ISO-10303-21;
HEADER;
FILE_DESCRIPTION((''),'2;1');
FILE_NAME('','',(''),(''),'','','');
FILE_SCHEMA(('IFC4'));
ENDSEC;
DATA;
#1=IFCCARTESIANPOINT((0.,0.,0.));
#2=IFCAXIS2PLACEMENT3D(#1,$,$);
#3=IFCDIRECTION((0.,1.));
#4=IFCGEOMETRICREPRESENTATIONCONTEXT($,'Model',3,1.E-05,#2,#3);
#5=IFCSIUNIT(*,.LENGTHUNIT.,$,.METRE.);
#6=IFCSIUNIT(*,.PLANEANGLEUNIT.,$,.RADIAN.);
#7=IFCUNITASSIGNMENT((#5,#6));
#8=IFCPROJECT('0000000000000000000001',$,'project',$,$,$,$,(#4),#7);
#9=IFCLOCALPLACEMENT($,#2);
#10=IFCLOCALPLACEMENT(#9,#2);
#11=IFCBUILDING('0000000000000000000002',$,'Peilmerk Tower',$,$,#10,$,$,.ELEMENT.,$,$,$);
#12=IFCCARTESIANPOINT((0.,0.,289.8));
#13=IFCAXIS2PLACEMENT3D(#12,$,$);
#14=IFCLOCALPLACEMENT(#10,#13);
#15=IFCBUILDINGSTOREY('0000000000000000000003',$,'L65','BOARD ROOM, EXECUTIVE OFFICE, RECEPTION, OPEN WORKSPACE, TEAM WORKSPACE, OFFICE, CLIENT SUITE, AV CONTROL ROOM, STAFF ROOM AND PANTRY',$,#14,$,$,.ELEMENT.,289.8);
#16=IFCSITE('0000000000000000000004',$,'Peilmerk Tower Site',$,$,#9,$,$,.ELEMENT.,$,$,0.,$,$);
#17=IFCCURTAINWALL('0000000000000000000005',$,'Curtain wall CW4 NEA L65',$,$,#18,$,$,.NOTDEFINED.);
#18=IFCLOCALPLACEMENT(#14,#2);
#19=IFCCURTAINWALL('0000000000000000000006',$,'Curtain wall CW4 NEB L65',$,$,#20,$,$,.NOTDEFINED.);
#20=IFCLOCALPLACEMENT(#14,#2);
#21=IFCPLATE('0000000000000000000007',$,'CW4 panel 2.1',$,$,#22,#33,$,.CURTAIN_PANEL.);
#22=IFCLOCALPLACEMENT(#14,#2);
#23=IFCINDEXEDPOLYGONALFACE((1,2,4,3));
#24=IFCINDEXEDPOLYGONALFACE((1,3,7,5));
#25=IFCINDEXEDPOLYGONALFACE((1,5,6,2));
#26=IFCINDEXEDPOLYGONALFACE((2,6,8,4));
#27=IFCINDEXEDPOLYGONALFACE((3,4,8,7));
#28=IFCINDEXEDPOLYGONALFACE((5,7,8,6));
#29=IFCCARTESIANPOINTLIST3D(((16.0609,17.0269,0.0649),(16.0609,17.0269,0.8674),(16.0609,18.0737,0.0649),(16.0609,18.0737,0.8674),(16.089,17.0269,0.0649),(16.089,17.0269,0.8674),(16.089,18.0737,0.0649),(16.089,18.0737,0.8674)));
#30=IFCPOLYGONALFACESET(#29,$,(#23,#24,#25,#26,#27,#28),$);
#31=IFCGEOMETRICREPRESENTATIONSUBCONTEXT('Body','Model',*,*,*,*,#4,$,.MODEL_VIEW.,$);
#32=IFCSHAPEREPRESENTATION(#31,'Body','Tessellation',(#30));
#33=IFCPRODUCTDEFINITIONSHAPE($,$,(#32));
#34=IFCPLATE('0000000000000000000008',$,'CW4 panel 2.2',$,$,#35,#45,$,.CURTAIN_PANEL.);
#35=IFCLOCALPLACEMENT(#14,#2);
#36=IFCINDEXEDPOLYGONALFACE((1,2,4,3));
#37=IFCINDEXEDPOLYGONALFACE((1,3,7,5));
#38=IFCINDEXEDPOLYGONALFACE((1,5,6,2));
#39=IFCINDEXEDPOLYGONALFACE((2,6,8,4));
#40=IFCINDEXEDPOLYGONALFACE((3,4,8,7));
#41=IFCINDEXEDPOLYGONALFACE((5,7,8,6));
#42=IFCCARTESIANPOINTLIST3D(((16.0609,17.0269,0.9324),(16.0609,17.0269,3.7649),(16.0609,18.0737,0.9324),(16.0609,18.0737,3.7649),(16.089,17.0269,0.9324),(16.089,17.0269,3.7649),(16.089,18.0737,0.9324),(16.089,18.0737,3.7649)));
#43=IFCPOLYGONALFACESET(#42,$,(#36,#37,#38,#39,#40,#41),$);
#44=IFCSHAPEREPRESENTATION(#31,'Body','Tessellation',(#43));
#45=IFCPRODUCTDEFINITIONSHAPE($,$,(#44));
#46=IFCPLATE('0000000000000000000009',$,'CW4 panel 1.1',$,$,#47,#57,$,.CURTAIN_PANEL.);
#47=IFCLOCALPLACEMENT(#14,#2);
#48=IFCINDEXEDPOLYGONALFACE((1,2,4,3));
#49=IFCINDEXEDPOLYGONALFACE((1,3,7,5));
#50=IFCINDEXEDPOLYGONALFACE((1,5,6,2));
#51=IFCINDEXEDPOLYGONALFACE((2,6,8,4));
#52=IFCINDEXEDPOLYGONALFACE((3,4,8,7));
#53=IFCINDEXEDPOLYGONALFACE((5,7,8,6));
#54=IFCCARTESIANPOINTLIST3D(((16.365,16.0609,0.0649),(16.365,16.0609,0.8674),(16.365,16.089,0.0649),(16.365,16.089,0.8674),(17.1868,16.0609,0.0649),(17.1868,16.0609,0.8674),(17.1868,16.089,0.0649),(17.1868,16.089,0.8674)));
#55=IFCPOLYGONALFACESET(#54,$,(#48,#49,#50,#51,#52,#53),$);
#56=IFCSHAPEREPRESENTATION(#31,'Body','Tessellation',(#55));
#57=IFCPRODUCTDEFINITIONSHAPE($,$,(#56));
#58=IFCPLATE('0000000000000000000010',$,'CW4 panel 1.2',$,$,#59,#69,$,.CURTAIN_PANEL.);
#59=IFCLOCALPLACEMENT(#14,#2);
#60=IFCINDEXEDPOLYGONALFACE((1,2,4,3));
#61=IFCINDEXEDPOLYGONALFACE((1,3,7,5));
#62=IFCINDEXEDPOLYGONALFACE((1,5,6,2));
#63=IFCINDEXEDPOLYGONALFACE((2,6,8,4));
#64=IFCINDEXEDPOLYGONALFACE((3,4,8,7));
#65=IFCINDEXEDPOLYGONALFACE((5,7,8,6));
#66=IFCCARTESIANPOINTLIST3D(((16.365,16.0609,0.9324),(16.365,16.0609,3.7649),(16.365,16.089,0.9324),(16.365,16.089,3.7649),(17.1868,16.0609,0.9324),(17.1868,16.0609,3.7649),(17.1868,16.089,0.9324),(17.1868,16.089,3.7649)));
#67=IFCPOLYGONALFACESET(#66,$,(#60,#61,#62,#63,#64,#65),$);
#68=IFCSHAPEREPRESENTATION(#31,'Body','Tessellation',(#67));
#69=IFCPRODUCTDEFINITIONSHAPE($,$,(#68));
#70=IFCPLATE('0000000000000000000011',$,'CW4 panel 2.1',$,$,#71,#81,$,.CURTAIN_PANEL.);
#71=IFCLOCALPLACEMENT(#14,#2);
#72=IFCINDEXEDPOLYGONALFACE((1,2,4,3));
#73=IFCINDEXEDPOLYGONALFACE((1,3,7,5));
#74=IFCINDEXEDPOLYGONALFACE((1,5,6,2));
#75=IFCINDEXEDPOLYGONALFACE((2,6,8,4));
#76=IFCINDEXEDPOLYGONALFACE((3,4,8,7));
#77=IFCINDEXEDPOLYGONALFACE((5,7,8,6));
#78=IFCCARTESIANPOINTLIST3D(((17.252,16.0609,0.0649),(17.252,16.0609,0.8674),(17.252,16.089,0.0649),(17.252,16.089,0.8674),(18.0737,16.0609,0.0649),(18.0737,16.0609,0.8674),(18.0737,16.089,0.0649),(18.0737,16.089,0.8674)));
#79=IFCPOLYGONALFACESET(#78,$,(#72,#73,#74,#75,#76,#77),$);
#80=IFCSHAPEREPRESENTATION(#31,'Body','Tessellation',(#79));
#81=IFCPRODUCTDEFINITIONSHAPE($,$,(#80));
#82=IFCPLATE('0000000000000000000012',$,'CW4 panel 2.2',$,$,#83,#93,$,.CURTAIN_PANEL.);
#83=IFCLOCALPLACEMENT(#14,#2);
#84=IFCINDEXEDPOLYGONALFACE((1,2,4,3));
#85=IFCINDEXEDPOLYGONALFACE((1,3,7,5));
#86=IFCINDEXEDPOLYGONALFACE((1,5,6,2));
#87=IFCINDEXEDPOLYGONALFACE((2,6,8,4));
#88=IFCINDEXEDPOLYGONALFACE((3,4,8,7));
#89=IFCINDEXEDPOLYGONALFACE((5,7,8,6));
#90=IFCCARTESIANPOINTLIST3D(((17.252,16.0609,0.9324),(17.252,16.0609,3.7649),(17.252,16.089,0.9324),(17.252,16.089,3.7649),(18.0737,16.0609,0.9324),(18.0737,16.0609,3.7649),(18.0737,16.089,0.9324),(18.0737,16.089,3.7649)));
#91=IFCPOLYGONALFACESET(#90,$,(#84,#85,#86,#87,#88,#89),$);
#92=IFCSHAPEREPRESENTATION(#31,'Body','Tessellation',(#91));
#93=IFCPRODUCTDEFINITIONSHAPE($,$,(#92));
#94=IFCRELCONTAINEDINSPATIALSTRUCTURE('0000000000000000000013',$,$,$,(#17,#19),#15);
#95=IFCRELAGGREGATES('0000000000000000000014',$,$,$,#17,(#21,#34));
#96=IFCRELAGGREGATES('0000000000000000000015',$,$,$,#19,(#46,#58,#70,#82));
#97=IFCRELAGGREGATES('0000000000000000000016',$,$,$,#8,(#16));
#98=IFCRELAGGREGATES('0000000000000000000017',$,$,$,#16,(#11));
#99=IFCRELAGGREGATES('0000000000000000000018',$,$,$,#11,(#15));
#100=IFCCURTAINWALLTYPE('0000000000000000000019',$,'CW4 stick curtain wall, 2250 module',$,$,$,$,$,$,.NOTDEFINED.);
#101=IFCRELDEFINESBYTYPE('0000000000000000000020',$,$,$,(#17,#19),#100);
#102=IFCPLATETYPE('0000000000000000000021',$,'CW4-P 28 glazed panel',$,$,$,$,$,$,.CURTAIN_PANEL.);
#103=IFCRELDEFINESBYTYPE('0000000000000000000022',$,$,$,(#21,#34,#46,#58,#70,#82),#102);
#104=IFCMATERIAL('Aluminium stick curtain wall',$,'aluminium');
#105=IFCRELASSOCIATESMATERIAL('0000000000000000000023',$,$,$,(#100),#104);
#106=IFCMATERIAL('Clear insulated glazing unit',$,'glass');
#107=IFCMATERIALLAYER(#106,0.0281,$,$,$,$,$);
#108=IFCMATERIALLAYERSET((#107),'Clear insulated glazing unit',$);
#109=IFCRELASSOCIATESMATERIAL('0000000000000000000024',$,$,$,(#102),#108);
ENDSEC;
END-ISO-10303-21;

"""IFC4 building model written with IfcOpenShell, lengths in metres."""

from ifc_helpers import new_model, si_unit, direction, frame, origin, origin_2d, place, context, subcontext, project, spatial, rectangle, extrude, material, layer, layer_set, type_object, element, aggregate, save


model = new_model("IFC4")

# Units and contexts
model_context = context("Model", 3, precision=1e-05, world=origin(), true_north=direction((0.0, 1.0)))
body_context = subcontext(model_context, "Body", "Model", "MODEL_VIEW")
ifc_project = project(units=[si_unit("LENGTHUNIT", "METRE"), si_unit("PLANEANGLEUNIT", "RADIAN")], contexts=[model_context])

# Site, building, storey
site_placement = place(None, origin())
site = spatial("IfcSite", under=ifc_project, at=site_placement, Name="Peilmerk Tower Site", CompositionType="ELEMENT", RefElevation=0.0)
building_placement = place(site_placement, origin())
building = spatial("IfcBuilding", under=site, at=building_placement, Name="Peilmerk Tower", CompositionType="ELEMENT")
storey_placement = place(building_placement, frame((0.0, 0.0, 289.8)))
storey = spatial("IfcBuildingStorey", under=building, at=storey_placement, Name="L65", Description="BOARD ROOM, EXECUTIVE OFFICE, RECEPTION, OPEN WORKSPACE, TEAM WORKSPACE, OFFICE, CLIENT SUITE, AV CONTROL ROOM, STAFF ROOM AND PANTRY", CompositionType="ELEMENT", Elevation=289.8)

# Curtain wall
ifc_material_1 = material(Name="Aluminium stick curtain wall", Category="aluminium")
curtain_wall_type = type_object("IfcCurtainWallType", Name="CW4 stick curtain wall, 2250 module", PredefinedType="NOTDEFINED", material=ifc_material_1)
curtain_wall_1_placement = place(storey_placement, origin())
curtain_wall_1 = element("IfcCurtainWall", 1, at=curtain_wall_1_placement, inside=storey, type_object=curtain_wall_type, Name="Curtain wall CW4 NEA L65", PredefinedType="NOTDEFINED")

# Curtain wall
curtain_wall_2_placement = place(storey_placement, origin())
curtain_wall_2 = element("IfcCurtainWall", 2, at=curtain_wall_2_placement, inside=storey, type_object=curtain_wall_type, Name="Curtain wall CW4 NEB L65", PredefinedType="NOTDEFINED")

# Plates
ifc_material_2 = material(Name="Clear insulated glazing unit", Category="glass")
ifc_layer_1 = layer(ifc_material_2, 0.0281)
ifc_layer_set_1 = layer_set([ifc_layer_1], Name="Clear insulated glazing unit")
plate_type = type_object("IfcPlateType", Name="CW4-P 28 glazed panel", PredefinedType="CURTAIN_PANEL", material=ifc_layer_set_1)
plate_1_placement = place(storey_placement, frame((16.075, 17.5503, 0.0649), z_axis=(0.0, 0.0, 1.0), x_axis=(0.0, 1.0, 0.0)))
plate_1 = element("IfcPlate", 3, at=plate_1_placement, type_object=plate_type, Name="CW4 panel 2.1", PredefinedType="CURTAIN_PANEL", context=body_context, shape_type="SweptSolid", body=[
    extrude(rectangle(XDim=1.0469, YDim=0.0281, at=origin_2d()), origin(), (0.0, 0.0, 1.0), 0.8025),
])
plate_2_placement = place(storey_placement, frame((16.075, 17.5503, 0.9324), z_axis=(0.0, 0.0, 1.0), x_axis=(0.0, 1.0, 0.0)))
plate_2 = element("IfcPlate", 4, at=plate_2_placement, type_object=plate_type, Name="CW4 panel 2.2", PredefinedType="CURTAIN_PANEL", context=body_context, shape_type="SweptSolid", body=[
    extrude(rectangle(XDim=1.0469, YDim=0.0281, at=origin_2d()), origin(), (0.0, 0.0, 1.0), 2.8325),
])
aggregate(curtain_wall_1, [plate_1, plate_2])
plate_3_placement = place(storey_placement, frame((16.7759, 16.075, 0.0649), z_axis=(0.0, 0.0, 1.0), x_axis=(1.0, 0.0, 0.0)))
plate_3 = element("IfcPlate", 5, at=plate_3_placement, type_object=plate_type, Name="CW4 panel 1.1", PredefinedType="CURTAIN_PANEL", context=body_context, shape_type="SweptSolid", body=[
    extrude(rectangle(XDim=0.8218, YDim=0.0281, at=origin_2d()), origin(), (0.0, 0.0, 1.0), 0.8025),
])
plate_4_placement = place(storey_placement, frame((16.7759, 16.075, 0.9324), z_axis=(0.0, 0.0, 1.0), x_axis=(1.0, 0.0, 0.0)))
plate_4 = element("IfcPlate", 6, at=plate_4_placement, type_object=plate_type, Name="CW4 panel 1.2", PredefinedType="CURTAIN_PANEL", context=body_context, shape_type="SweptSolid", body=[
    extrude(rectangle(XDim=0.8218, YDim=0.0281, at=origin_2d()), origin(), (0.0, 0.0, 1.0), 2.8325),
])
plate_5_placement = place(storey_placement, frame((17.6628, 16.075, 0.0649), z_axis=(0.0, 0.0, 1.0), x_axis=(1.0, 0.0, 0.0)))
plate_5 = element("IfcPlate", 7, at=plate_5_placement, type_object=plate_type, Name="CW4 panel 2.1", PredefinedType="CURTAIN_PANEL", context=body_context, shape_type="SweptSolid", body=[
    extrude(rectangle(XDim=0.8218, YDim=0.0281, at=origin_2d()), origin(), (0.0, 0.0, 1.0), 0.8025),
])
plate_6_placement = place(storey_placement, frame((17.6628, 16.075, 0.9324), z_axis=(0.0, 0.0, 1.0), x_axis=(1.0, 0.0, 0.0)))
plate_6 = element("IfcPlate", 8, at=plate_6_placement, type_object=plate_type, Name="CW4 panel 2.2", PredefinedType="CURTAIN_PANEL", context=body_context, shape_type="SweptSolid", body=[
    extrude(rectangle(XDim=0.8218, YDim=0.0281, at=origin_2d()), origin(), (0.0, 0.0, 1.0), 2.8325),
])
aggregate(curtain_wall_2, [plate_3, plate_4, plate_5, plate_6])

save(model, "model.ifc")
